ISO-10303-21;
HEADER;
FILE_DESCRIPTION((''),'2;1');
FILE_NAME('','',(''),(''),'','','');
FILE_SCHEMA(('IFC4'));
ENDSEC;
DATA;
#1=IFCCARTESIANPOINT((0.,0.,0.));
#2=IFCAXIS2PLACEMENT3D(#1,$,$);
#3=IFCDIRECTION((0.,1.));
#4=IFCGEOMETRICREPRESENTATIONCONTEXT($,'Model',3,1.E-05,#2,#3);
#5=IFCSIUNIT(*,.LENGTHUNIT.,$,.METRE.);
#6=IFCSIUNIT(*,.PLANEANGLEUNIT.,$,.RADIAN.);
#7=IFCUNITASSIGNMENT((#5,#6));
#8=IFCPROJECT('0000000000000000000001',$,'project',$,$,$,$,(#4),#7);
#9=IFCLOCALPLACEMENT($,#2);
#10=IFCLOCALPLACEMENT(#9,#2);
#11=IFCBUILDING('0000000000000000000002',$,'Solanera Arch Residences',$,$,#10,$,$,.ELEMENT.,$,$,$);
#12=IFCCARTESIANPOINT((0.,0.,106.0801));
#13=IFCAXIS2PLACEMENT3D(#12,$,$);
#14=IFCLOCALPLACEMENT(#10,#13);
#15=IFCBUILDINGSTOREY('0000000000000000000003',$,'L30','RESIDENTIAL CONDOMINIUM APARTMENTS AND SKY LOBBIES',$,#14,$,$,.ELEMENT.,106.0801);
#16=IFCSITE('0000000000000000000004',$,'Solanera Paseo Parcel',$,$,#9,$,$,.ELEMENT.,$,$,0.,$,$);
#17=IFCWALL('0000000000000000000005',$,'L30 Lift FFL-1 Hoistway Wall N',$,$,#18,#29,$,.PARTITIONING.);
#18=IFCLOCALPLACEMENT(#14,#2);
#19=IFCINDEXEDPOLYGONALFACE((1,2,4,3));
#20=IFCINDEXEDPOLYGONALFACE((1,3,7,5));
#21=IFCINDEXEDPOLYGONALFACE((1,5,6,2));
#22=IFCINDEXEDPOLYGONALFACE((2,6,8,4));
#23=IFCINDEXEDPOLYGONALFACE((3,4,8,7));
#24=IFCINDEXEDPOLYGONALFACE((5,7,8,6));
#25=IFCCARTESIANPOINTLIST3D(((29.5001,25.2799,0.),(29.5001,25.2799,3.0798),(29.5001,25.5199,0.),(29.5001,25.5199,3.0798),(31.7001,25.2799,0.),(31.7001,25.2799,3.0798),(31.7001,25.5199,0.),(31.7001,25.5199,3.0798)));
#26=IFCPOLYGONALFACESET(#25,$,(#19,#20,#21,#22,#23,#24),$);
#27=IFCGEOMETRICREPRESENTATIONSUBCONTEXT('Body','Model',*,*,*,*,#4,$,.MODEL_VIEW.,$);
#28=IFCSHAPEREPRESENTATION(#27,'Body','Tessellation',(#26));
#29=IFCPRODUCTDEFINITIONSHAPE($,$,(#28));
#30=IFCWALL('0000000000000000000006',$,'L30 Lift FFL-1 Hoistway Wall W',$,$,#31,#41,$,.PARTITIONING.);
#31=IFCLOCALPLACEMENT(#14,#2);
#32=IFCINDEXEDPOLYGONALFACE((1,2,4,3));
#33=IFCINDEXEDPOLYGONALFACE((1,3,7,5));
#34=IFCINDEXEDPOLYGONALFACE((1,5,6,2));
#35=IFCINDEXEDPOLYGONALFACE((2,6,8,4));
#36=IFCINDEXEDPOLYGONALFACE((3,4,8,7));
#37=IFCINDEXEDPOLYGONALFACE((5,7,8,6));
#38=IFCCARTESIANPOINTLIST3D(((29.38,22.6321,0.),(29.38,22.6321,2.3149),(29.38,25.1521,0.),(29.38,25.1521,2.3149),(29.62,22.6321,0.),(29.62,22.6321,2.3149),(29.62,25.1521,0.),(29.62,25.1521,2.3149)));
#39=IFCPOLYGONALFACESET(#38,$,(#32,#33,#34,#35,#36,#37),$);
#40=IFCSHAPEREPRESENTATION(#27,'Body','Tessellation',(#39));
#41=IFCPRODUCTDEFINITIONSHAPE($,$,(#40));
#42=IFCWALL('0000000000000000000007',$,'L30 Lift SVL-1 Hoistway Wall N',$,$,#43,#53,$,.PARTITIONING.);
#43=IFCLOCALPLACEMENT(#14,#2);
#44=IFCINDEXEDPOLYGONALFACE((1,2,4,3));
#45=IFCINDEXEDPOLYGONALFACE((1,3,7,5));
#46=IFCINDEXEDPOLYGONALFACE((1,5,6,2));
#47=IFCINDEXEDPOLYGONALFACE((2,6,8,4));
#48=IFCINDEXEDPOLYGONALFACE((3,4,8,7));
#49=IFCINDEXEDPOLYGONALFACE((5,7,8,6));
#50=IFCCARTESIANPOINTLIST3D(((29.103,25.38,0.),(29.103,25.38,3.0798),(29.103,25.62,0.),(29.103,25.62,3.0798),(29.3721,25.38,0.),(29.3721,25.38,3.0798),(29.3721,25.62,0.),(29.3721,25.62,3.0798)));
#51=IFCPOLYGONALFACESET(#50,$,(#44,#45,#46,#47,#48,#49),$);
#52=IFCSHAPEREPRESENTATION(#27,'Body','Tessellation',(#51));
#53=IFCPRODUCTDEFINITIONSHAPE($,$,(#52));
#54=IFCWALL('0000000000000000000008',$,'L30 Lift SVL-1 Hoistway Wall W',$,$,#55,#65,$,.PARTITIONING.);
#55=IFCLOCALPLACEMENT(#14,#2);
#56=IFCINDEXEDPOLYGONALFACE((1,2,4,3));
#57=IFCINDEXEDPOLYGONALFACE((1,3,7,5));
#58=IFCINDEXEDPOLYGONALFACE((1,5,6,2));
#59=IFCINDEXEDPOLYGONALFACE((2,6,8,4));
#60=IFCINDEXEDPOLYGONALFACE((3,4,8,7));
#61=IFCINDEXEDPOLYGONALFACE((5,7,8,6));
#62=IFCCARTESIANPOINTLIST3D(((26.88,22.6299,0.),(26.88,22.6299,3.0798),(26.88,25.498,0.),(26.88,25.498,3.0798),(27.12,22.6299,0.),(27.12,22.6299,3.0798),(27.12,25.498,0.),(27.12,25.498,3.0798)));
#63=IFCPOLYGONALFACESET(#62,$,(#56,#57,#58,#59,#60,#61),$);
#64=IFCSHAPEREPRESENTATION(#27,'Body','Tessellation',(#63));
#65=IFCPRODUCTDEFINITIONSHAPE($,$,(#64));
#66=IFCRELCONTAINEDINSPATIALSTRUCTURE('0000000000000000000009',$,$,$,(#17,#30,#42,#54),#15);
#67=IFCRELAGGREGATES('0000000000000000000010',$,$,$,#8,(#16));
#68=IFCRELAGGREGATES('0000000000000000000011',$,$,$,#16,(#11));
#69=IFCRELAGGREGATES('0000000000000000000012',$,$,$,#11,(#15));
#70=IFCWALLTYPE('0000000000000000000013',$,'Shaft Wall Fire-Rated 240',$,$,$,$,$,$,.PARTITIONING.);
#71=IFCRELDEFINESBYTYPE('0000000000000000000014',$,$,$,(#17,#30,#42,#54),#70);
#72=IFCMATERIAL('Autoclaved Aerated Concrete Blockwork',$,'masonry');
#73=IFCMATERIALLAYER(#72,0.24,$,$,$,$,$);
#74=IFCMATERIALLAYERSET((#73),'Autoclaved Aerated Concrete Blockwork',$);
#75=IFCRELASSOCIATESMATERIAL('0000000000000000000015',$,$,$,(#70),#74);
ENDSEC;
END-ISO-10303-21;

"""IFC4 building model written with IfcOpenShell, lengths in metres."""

from ifc_helpers import new_model, si_unit, direction, frame, frame_2d, origin, place, context, subcontext, project, spatial, rectangle, extrude, material, layer, layer_set, type_object, element, save


model = new_model("IFC4")

# Units and contexts
model_context = context("Model", 3, precision=1e-05, world=origin(), true_north=direction((0.0, 1.0)))
body_context = subcontext(model_context, "Body", "Model", "MODEL_VIEW")
ifc_project = project(units=[si_unit("LENGTHUNIT", "METRE"), si_unit("PLANEANGLEUNIT", "RADIAN")], contexts=[model_context])

# Site, building, storey
site_placement = place(None, origin())
site = spatial("IfcSite", under=ifc_project, at=site_placement, Name="Solanera Paseo Parcel", CompositionType="ELEMENT", RefElevation=0.0)
building_placement = place(site_placement, origin())
building = spatial("IfcBuilding", under=site, at=building_placement, Name="Solanera Arch Residences", CompositionType="ELEMENT")
storey_placement = place(building_placement, frame((0.0, 0.0, 106.0801)))
storey = spatial("IfcBuildingStorey", under=building, at=storey_placement, Name="L30", Description="RESIDENTIAL CONDOMINIUM APARTMENTS AND SKY LOBBIES", CompositionType="ELEMENT", Elevation=106.0801)

# Walls
ifc_material_1 = material(Name="Autoclaved Aerated Concrete Blockwork", Category="masonry")
ifc_layer_1 = layer(ifc_material_1, 0.24)
ifc_layer_set_1 = layer_set([ifc_layer_1], Name="Autoclaved Aerated Concrete Blockwork")
wall_type_1 = type_object("IfcWallType", Name="Shaft Wall Fire-Rated 240", PredefinedType="PARTITIONING", material=ifc_layer_set_1)
wall_1_placement = place(storey_placement, frame((29.5, 25.3999, 0.0), z_axis=(0.0, 0.0, 1.0), x_axis=(1.0, 0.0, 0.0)))
element("IfcWall", 1, at=wall_1_placement, inside=storey, type_object=wall_type_1, Name="L30 Lift FFL-1 Hoistway Wall N", PredefinedType="PARTITIONING", context=body_context, shape_type="SweptSolid", body=[
    extrude(rectangle(XDim=2.2, YDim=0.24, at=frame_2d((1.1001, 0.0))), origin(), (0.0, 0.0, 1.0), 3.0798),
])
wall_2_placement = place(storey_placement, frame((29.5, 22.6321, 0.0), z_axis=(0.0, 0.0, 1.0), x_axis=(0.0, 1.0, 0.0)))
element("IfcWall", 2, at=wall_2_placement, inside=storey, type_object=wall_type_1, Name="L30 Lift FFL-1 Hoistway Wall W", PredefinedType="PARTITIONING", context=body_context, shape_type="SweptSolid", body=[
    extrude(rectangle(XDim=2.52, YDim=0.24, at=frame_2d((1.26, 0.0))), origin(), (0.0, 0.0, 1.0), 2.3149),
])
wall_3_placement = place(storey_placement, frame((29.103, 25.5, 0.0), z_axis=(0.0, 0.0, 1.0), x_axis=(1.0, 0.0, 0.0)))
element("IfcWall", 3, at=wall_3_placement, inside=storey, type_object=wall_type_1, Name="L30 Lift SVL-1 Hoistway Wall N", PredefinedType="PARTITIONING", context=body_context, shape_type="SweptSolid", body=[
    extrude(rectangle(XDim=0.269, YDim=0.24, at=frame_2d((0.1345, 0.0))), origin(), (0.0, 0.0, 1.0), 3.0798),
])
wall_4_placement = place(storey_placement, frame((27.0, 22.6299, 0.0), z_axis=(0.0, 0.0, 1.0), x_axis=(0.0, 1.0, 0.0)))
element("IfcWall", 4, at=wall_4_placement, inside=storey, type_object=wall_type_1, Name="L30 Lift SVL-1 Hoistway Wall W", PredefinedType="PARTITIONING", context=body_context, shape_type="SweptSolid", body=[
    extrude(rectangle(XDim=2.8682, YDim=0.24, at=frame_2d((1.4341, 0.0))), origin(), (0.0, 0.0, 1.0), 3.0798),
])

save(model, "model.ifc")
